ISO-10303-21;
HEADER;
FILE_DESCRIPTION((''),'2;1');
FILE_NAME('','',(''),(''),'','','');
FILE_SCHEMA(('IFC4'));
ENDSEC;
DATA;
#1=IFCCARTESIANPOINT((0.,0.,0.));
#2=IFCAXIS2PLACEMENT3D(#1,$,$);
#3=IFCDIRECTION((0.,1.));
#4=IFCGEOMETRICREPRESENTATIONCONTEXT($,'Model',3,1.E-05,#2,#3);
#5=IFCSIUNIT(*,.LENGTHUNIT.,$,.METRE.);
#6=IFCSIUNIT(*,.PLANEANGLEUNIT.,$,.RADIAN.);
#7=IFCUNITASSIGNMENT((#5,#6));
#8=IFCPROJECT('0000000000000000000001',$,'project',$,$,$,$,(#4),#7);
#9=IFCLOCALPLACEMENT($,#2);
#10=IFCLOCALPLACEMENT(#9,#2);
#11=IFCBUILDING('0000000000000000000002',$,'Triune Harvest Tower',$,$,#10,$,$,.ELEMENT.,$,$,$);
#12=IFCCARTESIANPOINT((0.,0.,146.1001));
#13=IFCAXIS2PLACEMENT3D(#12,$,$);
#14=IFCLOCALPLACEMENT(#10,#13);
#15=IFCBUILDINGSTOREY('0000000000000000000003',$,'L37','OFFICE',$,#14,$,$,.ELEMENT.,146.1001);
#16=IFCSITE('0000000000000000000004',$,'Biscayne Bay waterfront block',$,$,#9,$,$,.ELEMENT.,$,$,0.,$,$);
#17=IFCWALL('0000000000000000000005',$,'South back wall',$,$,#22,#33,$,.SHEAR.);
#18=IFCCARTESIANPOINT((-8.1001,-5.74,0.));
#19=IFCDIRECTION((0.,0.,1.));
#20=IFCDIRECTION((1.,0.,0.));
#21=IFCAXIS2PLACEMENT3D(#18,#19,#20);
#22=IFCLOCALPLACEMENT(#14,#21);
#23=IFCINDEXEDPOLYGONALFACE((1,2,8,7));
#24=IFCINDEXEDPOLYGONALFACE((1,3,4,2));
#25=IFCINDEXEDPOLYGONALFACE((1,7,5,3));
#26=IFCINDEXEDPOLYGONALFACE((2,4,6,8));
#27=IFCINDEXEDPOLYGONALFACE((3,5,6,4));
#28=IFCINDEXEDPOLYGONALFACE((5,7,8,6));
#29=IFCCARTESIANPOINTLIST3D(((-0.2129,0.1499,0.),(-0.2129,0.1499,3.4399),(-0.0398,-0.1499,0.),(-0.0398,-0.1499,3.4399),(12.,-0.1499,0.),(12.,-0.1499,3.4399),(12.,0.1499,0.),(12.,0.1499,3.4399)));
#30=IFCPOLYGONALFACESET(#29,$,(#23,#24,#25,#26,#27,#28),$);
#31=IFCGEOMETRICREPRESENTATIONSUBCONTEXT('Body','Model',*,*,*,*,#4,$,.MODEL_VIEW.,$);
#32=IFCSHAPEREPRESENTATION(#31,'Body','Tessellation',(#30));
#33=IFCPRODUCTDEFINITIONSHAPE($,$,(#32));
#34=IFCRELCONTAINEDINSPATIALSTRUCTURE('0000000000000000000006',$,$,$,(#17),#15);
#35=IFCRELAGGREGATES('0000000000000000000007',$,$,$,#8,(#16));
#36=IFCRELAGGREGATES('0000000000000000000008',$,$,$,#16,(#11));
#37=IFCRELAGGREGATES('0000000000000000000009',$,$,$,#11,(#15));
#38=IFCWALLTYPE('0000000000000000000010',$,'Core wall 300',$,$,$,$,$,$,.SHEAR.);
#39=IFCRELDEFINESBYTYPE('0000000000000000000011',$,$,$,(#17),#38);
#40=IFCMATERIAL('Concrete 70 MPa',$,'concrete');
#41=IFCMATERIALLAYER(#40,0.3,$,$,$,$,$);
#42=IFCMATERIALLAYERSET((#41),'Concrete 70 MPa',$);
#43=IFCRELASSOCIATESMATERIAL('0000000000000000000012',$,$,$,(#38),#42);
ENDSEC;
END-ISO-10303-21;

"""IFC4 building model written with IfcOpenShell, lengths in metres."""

from ifc_helpers import new_model, si_unit, direction, frame, origin, place, context, subcontext, project, spatial, polyline, outline, extrude, source, transform, mapped, material, layer, layer_set, type_object, element, save


model = new_model("IFC4")

# Units and contexts
model_context = context("Model", 3, precision=1e-05, world=origin(), true_north=direction((0.0, 1.0)))
body_context = subcontext(model_context, "Body", "Model", "MODEL_VIEW")
ifc_project = project(units=[si_unit("LENGTHUNIT", "METRE"), si_unit("PLANEANGLEUNIT", "RADIAN")], contexts=[model_context])

# Site, building, storey
site_placement = place(None, origin())
site = spatial("IfcSite", under=ifc_project, at=site_placement, Name="Biscayne Bay waterfront block", CompositionType="ELEMENT", RefElevation=0.0)
building_placement = place(site_placement, origin())
building = spatial("IfcBuilding", under=site, at=building_placement, Name="Triune Harvest Tower", CompositionType="ELEMENT")
storey_placement = place(building_placement, frame((0.0, 0.0, 146.1001)))
storey = spatial("IfcBuildingStorey", under=building, at=storey_placement, Name="L37", Description="OFFICE", CompositionType="ELEMENT", Elevation=146.1001)

# Shared definitions
ifc_material_1 = material(Name="Concrete 70 MPa", Category="concrete")
ifc_layer_1 = layer(ifc_material_1, 0.3)
ifc_layer_set_1 = layer_set([ifc_layer_1], Name="Concrete 70 MPa")
wall_type_1 = type_object("IfcWallType", Name="Core wall 300", PredefinedType="SHEAR", material=ifc_layer_set_1)

# Wall
shared_shape_1 = source(origin(), body_context, "Body", "SweptSolid", [
    extrude(outline(polyline([(12.0, -0.1499), (-0.0398, -0.1499), (-0.2129, 0.1499), (12.0, 0.1499), (12.0, -0.1499)])), origin(), (0.0, 0.0, 1.0), 3.4399),
])
wall_1_placement = place(storey_placement, frame((-8.1001, -5.74, 0.0), z_axis=(0.0, 0.0, 1.0), x_axis=(1.0, 0.0, 0.0)))
element("IfcWall", 1, at=wall_1_placement, inside=storey, type_object=wall_type_1, Name="South back wall", PredefinedType="SHEAR", context=body_context, shape_type="MappedRepresentation", body=[
    mapped(shared_shape_1, transform((0.0, 0.0, 0.0), scale=1.0)),
])

save(model, "model.ifc")
